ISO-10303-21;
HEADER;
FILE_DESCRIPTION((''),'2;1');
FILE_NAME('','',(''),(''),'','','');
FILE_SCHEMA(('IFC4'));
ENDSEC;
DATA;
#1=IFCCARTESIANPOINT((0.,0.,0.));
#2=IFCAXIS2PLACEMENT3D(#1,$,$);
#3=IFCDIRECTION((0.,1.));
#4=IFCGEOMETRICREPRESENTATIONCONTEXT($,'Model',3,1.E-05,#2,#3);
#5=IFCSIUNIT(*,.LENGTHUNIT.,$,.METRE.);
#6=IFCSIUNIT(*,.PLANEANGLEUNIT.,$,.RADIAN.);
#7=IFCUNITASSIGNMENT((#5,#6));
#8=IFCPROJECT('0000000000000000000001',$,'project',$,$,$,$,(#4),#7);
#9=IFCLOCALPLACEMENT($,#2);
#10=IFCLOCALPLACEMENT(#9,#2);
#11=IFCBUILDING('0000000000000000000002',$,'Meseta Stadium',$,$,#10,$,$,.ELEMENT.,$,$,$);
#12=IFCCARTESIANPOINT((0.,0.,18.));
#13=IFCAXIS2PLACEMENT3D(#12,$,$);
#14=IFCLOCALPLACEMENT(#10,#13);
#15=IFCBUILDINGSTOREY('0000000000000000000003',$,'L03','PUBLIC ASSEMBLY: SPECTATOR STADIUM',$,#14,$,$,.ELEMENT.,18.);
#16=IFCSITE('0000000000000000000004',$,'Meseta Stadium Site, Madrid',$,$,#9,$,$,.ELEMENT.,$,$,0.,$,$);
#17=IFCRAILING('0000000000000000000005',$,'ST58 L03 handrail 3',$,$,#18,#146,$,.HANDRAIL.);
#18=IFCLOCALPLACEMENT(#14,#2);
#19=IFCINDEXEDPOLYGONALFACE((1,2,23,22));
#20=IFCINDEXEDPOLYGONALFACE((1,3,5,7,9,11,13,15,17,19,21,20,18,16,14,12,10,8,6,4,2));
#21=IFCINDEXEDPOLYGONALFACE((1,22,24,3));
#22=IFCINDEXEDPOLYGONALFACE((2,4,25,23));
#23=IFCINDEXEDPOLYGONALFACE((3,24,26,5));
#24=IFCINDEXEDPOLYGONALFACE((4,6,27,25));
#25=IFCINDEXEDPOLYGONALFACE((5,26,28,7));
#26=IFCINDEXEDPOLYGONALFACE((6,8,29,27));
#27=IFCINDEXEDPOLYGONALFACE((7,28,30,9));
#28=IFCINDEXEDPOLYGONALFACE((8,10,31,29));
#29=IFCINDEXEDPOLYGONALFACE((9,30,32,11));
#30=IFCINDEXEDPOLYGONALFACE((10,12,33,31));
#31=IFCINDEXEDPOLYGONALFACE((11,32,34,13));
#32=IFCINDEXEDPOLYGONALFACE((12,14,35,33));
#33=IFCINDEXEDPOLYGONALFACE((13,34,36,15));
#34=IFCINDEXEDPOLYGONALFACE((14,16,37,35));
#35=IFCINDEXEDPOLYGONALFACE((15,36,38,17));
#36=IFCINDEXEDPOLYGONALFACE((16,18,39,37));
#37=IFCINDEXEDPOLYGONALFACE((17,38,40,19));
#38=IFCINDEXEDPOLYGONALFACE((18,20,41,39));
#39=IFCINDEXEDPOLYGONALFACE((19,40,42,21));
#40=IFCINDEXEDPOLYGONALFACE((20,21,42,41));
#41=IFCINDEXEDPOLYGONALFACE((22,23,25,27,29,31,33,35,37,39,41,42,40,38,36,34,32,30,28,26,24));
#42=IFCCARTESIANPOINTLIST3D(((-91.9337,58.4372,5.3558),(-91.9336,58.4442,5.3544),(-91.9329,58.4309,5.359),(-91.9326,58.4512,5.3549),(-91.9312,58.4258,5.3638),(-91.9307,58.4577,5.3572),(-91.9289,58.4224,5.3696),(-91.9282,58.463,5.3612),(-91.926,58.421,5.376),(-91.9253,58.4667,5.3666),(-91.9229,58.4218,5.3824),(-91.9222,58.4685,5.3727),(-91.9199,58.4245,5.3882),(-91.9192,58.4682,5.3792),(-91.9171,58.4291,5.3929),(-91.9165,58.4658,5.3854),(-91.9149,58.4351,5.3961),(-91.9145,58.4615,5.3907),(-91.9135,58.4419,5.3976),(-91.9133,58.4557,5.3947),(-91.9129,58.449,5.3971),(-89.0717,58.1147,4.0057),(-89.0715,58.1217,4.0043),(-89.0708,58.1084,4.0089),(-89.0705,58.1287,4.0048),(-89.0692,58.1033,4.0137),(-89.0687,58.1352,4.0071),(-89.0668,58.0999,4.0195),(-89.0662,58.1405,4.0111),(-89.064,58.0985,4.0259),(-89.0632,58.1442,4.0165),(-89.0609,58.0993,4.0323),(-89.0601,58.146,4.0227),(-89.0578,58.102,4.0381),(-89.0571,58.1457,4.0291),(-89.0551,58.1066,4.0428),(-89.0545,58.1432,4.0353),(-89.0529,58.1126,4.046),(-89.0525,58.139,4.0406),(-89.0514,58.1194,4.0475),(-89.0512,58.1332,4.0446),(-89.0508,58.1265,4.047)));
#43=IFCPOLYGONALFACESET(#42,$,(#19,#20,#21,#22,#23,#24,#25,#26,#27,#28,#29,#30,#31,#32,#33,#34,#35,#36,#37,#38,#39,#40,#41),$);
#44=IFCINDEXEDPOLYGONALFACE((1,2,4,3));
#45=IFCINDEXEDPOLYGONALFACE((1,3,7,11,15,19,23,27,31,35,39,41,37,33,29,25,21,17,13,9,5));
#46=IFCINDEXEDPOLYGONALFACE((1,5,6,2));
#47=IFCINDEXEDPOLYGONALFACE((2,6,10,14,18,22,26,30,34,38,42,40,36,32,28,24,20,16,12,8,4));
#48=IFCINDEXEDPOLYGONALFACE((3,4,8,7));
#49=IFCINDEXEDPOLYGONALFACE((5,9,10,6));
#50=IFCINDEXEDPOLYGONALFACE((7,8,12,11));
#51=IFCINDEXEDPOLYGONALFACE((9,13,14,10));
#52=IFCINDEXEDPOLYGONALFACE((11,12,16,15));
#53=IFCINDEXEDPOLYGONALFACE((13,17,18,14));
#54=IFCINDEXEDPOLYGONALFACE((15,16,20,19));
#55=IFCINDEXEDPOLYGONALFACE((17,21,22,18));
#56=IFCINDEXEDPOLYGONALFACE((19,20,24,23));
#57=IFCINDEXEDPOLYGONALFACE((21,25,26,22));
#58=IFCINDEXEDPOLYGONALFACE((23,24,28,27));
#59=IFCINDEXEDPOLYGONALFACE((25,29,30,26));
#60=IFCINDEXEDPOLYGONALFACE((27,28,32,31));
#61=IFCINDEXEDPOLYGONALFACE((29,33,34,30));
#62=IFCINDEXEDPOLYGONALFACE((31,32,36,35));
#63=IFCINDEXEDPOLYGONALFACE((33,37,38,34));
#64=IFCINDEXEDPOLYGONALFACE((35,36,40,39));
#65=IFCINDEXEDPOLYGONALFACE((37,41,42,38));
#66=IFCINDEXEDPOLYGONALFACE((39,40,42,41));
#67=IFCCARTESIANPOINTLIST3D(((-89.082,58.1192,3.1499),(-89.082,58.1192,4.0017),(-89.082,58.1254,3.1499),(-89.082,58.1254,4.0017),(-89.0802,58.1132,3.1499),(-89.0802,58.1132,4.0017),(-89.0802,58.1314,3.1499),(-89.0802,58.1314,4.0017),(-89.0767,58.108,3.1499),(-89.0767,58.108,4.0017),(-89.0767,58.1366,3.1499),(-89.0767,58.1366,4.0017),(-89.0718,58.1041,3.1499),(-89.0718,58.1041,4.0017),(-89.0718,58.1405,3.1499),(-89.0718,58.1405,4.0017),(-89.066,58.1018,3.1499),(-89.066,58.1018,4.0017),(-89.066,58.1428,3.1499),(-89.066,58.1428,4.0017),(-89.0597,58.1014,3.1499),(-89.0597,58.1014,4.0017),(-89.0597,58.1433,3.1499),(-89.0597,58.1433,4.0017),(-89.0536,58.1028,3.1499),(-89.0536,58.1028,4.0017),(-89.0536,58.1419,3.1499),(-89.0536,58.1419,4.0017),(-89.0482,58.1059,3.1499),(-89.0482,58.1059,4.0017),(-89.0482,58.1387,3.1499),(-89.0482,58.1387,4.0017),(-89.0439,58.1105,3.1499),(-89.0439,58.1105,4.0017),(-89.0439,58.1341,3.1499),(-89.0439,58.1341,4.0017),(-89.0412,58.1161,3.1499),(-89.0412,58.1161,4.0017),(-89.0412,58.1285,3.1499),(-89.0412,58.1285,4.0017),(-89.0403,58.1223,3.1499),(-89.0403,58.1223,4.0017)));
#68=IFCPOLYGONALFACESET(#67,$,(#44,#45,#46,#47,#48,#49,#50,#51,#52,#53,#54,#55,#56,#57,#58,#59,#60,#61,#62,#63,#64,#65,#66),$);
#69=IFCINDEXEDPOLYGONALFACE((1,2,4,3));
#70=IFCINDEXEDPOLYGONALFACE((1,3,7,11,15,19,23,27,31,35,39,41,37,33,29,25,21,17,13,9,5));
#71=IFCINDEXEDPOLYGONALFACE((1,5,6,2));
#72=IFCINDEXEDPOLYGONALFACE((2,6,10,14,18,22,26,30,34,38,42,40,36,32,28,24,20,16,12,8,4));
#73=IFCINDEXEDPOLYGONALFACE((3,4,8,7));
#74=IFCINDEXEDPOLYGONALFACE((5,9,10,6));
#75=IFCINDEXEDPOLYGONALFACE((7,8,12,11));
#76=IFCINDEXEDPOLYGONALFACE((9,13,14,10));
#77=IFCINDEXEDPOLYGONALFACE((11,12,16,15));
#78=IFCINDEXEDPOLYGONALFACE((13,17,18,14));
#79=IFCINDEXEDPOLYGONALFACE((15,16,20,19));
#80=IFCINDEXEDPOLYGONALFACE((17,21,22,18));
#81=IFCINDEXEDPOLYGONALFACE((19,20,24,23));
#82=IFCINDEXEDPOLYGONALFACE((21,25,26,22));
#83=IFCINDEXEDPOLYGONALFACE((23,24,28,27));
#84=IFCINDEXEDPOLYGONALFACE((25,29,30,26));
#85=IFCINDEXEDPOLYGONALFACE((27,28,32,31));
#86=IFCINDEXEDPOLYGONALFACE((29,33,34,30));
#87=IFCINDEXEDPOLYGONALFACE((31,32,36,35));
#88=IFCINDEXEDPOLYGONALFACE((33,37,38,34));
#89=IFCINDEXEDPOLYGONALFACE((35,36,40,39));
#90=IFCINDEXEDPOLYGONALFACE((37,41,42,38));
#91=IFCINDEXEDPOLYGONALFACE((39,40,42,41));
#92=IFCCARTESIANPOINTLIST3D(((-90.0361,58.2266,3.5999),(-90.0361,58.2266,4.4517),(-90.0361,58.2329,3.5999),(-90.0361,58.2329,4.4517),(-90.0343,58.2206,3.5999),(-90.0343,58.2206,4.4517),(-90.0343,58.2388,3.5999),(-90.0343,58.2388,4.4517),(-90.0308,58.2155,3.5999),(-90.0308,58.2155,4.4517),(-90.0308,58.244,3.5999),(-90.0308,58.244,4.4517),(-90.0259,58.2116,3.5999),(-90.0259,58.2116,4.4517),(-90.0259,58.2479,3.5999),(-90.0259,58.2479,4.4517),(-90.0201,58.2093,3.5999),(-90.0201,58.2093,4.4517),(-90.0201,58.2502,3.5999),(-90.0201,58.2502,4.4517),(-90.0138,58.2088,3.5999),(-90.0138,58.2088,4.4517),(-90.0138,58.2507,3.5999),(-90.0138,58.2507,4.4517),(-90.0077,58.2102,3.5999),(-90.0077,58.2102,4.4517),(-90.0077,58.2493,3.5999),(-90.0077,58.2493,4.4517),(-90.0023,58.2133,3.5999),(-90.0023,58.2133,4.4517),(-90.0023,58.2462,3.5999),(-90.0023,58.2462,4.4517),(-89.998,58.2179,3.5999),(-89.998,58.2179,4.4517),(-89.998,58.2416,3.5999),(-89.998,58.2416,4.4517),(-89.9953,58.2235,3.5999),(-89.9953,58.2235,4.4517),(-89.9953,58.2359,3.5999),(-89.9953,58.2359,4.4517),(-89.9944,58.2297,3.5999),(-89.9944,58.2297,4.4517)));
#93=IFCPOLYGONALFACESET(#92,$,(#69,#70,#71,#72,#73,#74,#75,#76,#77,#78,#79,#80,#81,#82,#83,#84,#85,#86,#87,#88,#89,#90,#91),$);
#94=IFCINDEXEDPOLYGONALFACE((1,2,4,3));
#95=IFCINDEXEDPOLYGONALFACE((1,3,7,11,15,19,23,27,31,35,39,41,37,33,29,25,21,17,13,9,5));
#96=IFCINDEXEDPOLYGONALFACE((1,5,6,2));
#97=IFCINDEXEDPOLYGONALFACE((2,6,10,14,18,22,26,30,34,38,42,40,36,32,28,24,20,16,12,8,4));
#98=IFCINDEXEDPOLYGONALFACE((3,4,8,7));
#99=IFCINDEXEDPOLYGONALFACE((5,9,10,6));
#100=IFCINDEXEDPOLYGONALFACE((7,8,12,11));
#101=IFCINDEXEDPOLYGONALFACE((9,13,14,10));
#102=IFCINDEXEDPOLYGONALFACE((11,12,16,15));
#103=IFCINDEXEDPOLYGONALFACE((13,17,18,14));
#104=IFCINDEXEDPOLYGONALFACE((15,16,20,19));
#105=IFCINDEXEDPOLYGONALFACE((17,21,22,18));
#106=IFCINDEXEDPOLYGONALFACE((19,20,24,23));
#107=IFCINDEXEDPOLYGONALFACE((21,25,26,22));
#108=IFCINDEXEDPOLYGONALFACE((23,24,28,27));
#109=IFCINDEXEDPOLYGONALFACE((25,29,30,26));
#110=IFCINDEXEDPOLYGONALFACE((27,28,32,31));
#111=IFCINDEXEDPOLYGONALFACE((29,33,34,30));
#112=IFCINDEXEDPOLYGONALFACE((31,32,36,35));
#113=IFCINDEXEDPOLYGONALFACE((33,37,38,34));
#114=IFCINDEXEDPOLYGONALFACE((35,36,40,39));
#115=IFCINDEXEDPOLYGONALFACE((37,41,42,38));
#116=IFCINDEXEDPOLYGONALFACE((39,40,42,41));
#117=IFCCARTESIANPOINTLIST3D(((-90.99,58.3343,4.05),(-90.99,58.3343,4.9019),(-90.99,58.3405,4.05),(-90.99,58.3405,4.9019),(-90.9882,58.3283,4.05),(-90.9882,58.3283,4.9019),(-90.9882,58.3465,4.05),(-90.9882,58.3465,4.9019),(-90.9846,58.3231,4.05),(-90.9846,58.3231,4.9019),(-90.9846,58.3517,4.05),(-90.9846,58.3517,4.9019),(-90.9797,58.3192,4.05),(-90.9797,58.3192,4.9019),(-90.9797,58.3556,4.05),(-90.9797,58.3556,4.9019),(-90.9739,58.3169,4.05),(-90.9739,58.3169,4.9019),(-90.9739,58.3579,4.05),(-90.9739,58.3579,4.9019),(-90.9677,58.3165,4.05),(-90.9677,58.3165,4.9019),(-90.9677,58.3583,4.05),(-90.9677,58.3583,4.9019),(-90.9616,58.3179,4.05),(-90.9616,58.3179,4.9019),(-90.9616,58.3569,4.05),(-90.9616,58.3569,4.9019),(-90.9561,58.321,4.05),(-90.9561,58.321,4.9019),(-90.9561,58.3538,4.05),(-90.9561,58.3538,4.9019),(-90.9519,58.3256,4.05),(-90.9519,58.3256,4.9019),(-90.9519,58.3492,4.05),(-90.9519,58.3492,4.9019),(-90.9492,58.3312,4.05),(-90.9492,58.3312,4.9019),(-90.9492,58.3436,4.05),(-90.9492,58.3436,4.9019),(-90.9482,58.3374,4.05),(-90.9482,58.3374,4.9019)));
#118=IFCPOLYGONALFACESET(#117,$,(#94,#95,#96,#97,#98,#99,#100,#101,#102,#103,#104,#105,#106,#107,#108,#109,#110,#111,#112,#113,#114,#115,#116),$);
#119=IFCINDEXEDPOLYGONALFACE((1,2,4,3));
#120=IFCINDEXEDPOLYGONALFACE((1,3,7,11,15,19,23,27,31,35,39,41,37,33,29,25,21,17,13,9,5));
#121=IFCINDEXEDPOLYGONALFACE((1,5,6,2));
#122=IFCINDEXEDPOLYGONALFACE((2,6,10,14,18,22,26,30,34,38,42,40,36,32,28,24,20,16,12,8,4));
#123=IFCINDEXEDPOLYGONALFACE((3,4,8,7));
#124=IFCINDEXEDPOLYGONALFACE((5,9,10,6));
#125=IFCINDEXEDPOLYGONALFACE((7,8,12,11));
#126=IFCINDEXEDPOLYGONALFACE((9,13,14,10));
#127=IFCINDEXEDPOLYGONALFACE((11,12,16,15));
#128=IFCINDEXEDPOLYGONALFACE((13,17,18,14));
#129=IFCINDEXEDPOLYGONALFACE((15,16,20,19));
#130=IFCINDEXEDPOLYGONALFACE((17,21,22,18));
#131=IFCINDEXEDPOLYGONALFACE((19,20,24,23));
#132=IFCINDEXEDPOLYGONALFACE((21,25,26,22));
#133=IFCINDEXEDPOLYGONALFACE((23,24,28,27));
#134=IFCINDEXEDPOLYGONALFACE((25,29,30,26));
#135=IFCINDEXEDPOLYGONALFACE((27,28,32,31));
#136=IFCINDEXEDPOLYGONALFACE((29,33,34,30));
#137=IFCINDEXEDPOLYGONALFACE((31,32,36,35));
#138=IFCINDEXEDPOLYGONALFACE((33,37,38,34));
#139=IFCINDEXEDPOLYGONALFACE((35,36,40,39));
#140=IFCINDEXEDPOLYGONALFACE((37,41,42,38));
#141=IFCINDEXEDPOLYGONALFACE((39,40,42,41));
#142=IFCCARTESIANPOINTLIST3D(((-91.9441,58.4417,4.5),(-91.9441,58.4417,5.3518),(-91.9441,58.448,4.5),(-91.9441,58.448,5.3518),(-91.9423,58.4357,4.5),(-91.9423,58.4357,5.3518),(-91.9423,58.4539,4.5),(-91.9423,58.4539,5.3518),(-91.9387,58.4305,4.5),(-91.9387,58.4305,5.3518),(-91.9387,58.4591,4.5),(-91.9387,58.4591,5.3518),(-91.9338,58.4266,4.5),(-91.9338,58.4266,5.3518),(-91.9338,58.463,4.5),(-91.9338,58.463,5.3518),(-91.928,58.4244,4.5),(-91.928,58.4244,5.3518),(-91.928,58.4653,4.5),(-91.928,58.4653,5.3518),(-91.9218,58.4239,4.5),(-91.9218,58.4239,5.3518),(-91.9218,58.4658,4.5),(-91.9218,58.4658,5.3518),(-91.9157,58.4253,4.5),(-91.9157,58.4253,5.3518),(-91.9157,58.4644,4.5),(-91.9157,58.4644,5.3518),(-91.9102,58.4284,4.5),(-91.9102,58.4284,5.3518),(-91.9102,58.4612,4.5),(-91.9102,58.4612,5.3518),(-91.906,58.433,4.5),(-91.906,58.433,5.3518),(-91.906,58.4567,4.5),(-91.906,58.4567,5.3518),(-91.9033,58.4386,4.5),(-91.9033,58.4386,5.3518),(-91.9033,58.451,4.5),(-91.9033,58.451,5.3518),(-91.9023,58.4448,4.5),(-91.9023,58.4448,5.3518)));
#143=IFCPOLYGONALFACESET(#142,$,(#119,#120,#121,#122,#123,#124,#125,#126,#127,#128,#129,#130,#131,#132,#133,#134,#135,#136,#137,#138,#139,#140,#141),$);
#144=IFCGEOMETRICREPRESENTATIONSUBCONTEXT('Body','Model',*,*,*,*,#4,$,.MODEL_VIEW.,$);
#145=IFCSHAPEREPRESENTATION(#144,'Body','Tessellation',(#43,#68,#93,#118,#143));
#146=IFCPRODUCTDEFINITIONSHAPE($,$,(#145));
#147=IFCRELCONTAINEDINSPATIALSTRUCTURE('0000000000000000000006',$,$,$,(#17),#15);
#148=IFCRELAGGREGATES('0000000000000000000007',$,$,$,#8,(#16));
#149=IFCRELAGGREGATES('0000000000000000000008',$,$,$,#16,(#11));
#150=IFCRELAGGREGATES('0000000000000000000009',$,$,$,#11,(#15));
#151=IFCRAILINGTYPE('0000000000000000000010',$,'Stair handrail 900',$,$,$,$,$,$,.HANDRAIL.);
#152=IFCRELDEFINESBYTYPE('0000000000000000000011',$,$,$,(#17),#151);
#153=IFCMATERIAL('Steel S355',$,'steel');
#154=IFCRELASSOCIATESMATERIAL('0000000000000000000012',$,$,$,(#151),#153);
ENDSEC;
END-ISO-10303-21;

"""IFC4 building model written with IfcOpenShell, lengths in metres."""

from ifc_helpers import new_model, si_unit, direction, frame, origin, origin_2d, place, context, subcontext, project, spatial, circle, extrude, material, type_object, element, save


model = new_model("IFC4")

# Units and contexts
model_context = context("Model", 3, precision=1e-05, world=origin(), true_north=direction((0.0, 1.0)))
body_context = subcontext(model_context, "Body", "Model", "MODEL_VIEW")
ifc_project = project(units=[si_unit("LENGTHUNIT", "METRE"), si_unit("PLANEANGLEUNIT", "RADIAN")], contexts=[model_context])

# Site, building, storey
site_placement = place(None, origin())
site = spatial("IfcSite", under=ifc_project, at=site_placement, Name="Meseta Stadium Site, Madrid", CompositionType="ELEMENT", RefElevation=0.0)
building_placement = place(site_placement, origin())
building = spatial("IfcBuilding", under=site, at=building_placement, Name="Meseta Stadium", CompositionType="ELEMENT")
storey_placement = place(building_placement, frame((0.0, 0.0, 18.0)))
storey = spatial("IfcBuildingStorey", under=building, at=storey_placement, Name="L03", Description="PUBLIC ASSEMBLY: SPECTATOR STADIUM", CompositionType="ELEMENT", Elevation=18.0)

# Railing
ifc_material_1 = material(Name="Steel S355", Category="steel")
railing_type_1 = type_object("IfcRailingType", Name="Stair handrail 900", PredefinedType="HANDRAIL", material=ifc_material_1)
for number, where, name in (
    (1, (-89.0613, 58.1223, 3.1499), "ST58 L03 handrail 3"),
):
    element("IfcRailing", number, at=place(storey_placement, frame(where)), inside=storey, type_object=railing_type_1, Name=name, PredefinedType="HANDRAIL", context=body_context, shape_type="SweptSolid", body=[
        extrude(circle(Radius=0.0239, at=origin_2d()), frame((0.0, 0.0, 0.876), z_axis=(-0.899763, 0.101389, 0.424438), x_axis=(-0.111976, -0.993711, 0.0)), (0.0, 0.0, 1.0), 3.1809),
        extrude(circle(Radius=0.021, at=origin_2d()), origin(), (0.0, 0.0, 1.0), 0.8518),
        extrude(circle(Radius=0.021, at=origin_2d()), frame((-0.9541, 0.1074, 0.45)), (0.0, 0.0, 1.0), 0.8518),
        extrude(circle(Radius=0.021, at=origin_2d()), frame((-1.908, 0.2151, 0.9001)), (0.0, 0.0, 1.0), 0.8518),
        extrude(circle(Radius=0.021, at=origin_2d()), frame((-2.8621, 0.3225, 1.3501)), (0.0, 0.0, 1.0), 0.8518),
    ])

save(model, "model.ifc")
